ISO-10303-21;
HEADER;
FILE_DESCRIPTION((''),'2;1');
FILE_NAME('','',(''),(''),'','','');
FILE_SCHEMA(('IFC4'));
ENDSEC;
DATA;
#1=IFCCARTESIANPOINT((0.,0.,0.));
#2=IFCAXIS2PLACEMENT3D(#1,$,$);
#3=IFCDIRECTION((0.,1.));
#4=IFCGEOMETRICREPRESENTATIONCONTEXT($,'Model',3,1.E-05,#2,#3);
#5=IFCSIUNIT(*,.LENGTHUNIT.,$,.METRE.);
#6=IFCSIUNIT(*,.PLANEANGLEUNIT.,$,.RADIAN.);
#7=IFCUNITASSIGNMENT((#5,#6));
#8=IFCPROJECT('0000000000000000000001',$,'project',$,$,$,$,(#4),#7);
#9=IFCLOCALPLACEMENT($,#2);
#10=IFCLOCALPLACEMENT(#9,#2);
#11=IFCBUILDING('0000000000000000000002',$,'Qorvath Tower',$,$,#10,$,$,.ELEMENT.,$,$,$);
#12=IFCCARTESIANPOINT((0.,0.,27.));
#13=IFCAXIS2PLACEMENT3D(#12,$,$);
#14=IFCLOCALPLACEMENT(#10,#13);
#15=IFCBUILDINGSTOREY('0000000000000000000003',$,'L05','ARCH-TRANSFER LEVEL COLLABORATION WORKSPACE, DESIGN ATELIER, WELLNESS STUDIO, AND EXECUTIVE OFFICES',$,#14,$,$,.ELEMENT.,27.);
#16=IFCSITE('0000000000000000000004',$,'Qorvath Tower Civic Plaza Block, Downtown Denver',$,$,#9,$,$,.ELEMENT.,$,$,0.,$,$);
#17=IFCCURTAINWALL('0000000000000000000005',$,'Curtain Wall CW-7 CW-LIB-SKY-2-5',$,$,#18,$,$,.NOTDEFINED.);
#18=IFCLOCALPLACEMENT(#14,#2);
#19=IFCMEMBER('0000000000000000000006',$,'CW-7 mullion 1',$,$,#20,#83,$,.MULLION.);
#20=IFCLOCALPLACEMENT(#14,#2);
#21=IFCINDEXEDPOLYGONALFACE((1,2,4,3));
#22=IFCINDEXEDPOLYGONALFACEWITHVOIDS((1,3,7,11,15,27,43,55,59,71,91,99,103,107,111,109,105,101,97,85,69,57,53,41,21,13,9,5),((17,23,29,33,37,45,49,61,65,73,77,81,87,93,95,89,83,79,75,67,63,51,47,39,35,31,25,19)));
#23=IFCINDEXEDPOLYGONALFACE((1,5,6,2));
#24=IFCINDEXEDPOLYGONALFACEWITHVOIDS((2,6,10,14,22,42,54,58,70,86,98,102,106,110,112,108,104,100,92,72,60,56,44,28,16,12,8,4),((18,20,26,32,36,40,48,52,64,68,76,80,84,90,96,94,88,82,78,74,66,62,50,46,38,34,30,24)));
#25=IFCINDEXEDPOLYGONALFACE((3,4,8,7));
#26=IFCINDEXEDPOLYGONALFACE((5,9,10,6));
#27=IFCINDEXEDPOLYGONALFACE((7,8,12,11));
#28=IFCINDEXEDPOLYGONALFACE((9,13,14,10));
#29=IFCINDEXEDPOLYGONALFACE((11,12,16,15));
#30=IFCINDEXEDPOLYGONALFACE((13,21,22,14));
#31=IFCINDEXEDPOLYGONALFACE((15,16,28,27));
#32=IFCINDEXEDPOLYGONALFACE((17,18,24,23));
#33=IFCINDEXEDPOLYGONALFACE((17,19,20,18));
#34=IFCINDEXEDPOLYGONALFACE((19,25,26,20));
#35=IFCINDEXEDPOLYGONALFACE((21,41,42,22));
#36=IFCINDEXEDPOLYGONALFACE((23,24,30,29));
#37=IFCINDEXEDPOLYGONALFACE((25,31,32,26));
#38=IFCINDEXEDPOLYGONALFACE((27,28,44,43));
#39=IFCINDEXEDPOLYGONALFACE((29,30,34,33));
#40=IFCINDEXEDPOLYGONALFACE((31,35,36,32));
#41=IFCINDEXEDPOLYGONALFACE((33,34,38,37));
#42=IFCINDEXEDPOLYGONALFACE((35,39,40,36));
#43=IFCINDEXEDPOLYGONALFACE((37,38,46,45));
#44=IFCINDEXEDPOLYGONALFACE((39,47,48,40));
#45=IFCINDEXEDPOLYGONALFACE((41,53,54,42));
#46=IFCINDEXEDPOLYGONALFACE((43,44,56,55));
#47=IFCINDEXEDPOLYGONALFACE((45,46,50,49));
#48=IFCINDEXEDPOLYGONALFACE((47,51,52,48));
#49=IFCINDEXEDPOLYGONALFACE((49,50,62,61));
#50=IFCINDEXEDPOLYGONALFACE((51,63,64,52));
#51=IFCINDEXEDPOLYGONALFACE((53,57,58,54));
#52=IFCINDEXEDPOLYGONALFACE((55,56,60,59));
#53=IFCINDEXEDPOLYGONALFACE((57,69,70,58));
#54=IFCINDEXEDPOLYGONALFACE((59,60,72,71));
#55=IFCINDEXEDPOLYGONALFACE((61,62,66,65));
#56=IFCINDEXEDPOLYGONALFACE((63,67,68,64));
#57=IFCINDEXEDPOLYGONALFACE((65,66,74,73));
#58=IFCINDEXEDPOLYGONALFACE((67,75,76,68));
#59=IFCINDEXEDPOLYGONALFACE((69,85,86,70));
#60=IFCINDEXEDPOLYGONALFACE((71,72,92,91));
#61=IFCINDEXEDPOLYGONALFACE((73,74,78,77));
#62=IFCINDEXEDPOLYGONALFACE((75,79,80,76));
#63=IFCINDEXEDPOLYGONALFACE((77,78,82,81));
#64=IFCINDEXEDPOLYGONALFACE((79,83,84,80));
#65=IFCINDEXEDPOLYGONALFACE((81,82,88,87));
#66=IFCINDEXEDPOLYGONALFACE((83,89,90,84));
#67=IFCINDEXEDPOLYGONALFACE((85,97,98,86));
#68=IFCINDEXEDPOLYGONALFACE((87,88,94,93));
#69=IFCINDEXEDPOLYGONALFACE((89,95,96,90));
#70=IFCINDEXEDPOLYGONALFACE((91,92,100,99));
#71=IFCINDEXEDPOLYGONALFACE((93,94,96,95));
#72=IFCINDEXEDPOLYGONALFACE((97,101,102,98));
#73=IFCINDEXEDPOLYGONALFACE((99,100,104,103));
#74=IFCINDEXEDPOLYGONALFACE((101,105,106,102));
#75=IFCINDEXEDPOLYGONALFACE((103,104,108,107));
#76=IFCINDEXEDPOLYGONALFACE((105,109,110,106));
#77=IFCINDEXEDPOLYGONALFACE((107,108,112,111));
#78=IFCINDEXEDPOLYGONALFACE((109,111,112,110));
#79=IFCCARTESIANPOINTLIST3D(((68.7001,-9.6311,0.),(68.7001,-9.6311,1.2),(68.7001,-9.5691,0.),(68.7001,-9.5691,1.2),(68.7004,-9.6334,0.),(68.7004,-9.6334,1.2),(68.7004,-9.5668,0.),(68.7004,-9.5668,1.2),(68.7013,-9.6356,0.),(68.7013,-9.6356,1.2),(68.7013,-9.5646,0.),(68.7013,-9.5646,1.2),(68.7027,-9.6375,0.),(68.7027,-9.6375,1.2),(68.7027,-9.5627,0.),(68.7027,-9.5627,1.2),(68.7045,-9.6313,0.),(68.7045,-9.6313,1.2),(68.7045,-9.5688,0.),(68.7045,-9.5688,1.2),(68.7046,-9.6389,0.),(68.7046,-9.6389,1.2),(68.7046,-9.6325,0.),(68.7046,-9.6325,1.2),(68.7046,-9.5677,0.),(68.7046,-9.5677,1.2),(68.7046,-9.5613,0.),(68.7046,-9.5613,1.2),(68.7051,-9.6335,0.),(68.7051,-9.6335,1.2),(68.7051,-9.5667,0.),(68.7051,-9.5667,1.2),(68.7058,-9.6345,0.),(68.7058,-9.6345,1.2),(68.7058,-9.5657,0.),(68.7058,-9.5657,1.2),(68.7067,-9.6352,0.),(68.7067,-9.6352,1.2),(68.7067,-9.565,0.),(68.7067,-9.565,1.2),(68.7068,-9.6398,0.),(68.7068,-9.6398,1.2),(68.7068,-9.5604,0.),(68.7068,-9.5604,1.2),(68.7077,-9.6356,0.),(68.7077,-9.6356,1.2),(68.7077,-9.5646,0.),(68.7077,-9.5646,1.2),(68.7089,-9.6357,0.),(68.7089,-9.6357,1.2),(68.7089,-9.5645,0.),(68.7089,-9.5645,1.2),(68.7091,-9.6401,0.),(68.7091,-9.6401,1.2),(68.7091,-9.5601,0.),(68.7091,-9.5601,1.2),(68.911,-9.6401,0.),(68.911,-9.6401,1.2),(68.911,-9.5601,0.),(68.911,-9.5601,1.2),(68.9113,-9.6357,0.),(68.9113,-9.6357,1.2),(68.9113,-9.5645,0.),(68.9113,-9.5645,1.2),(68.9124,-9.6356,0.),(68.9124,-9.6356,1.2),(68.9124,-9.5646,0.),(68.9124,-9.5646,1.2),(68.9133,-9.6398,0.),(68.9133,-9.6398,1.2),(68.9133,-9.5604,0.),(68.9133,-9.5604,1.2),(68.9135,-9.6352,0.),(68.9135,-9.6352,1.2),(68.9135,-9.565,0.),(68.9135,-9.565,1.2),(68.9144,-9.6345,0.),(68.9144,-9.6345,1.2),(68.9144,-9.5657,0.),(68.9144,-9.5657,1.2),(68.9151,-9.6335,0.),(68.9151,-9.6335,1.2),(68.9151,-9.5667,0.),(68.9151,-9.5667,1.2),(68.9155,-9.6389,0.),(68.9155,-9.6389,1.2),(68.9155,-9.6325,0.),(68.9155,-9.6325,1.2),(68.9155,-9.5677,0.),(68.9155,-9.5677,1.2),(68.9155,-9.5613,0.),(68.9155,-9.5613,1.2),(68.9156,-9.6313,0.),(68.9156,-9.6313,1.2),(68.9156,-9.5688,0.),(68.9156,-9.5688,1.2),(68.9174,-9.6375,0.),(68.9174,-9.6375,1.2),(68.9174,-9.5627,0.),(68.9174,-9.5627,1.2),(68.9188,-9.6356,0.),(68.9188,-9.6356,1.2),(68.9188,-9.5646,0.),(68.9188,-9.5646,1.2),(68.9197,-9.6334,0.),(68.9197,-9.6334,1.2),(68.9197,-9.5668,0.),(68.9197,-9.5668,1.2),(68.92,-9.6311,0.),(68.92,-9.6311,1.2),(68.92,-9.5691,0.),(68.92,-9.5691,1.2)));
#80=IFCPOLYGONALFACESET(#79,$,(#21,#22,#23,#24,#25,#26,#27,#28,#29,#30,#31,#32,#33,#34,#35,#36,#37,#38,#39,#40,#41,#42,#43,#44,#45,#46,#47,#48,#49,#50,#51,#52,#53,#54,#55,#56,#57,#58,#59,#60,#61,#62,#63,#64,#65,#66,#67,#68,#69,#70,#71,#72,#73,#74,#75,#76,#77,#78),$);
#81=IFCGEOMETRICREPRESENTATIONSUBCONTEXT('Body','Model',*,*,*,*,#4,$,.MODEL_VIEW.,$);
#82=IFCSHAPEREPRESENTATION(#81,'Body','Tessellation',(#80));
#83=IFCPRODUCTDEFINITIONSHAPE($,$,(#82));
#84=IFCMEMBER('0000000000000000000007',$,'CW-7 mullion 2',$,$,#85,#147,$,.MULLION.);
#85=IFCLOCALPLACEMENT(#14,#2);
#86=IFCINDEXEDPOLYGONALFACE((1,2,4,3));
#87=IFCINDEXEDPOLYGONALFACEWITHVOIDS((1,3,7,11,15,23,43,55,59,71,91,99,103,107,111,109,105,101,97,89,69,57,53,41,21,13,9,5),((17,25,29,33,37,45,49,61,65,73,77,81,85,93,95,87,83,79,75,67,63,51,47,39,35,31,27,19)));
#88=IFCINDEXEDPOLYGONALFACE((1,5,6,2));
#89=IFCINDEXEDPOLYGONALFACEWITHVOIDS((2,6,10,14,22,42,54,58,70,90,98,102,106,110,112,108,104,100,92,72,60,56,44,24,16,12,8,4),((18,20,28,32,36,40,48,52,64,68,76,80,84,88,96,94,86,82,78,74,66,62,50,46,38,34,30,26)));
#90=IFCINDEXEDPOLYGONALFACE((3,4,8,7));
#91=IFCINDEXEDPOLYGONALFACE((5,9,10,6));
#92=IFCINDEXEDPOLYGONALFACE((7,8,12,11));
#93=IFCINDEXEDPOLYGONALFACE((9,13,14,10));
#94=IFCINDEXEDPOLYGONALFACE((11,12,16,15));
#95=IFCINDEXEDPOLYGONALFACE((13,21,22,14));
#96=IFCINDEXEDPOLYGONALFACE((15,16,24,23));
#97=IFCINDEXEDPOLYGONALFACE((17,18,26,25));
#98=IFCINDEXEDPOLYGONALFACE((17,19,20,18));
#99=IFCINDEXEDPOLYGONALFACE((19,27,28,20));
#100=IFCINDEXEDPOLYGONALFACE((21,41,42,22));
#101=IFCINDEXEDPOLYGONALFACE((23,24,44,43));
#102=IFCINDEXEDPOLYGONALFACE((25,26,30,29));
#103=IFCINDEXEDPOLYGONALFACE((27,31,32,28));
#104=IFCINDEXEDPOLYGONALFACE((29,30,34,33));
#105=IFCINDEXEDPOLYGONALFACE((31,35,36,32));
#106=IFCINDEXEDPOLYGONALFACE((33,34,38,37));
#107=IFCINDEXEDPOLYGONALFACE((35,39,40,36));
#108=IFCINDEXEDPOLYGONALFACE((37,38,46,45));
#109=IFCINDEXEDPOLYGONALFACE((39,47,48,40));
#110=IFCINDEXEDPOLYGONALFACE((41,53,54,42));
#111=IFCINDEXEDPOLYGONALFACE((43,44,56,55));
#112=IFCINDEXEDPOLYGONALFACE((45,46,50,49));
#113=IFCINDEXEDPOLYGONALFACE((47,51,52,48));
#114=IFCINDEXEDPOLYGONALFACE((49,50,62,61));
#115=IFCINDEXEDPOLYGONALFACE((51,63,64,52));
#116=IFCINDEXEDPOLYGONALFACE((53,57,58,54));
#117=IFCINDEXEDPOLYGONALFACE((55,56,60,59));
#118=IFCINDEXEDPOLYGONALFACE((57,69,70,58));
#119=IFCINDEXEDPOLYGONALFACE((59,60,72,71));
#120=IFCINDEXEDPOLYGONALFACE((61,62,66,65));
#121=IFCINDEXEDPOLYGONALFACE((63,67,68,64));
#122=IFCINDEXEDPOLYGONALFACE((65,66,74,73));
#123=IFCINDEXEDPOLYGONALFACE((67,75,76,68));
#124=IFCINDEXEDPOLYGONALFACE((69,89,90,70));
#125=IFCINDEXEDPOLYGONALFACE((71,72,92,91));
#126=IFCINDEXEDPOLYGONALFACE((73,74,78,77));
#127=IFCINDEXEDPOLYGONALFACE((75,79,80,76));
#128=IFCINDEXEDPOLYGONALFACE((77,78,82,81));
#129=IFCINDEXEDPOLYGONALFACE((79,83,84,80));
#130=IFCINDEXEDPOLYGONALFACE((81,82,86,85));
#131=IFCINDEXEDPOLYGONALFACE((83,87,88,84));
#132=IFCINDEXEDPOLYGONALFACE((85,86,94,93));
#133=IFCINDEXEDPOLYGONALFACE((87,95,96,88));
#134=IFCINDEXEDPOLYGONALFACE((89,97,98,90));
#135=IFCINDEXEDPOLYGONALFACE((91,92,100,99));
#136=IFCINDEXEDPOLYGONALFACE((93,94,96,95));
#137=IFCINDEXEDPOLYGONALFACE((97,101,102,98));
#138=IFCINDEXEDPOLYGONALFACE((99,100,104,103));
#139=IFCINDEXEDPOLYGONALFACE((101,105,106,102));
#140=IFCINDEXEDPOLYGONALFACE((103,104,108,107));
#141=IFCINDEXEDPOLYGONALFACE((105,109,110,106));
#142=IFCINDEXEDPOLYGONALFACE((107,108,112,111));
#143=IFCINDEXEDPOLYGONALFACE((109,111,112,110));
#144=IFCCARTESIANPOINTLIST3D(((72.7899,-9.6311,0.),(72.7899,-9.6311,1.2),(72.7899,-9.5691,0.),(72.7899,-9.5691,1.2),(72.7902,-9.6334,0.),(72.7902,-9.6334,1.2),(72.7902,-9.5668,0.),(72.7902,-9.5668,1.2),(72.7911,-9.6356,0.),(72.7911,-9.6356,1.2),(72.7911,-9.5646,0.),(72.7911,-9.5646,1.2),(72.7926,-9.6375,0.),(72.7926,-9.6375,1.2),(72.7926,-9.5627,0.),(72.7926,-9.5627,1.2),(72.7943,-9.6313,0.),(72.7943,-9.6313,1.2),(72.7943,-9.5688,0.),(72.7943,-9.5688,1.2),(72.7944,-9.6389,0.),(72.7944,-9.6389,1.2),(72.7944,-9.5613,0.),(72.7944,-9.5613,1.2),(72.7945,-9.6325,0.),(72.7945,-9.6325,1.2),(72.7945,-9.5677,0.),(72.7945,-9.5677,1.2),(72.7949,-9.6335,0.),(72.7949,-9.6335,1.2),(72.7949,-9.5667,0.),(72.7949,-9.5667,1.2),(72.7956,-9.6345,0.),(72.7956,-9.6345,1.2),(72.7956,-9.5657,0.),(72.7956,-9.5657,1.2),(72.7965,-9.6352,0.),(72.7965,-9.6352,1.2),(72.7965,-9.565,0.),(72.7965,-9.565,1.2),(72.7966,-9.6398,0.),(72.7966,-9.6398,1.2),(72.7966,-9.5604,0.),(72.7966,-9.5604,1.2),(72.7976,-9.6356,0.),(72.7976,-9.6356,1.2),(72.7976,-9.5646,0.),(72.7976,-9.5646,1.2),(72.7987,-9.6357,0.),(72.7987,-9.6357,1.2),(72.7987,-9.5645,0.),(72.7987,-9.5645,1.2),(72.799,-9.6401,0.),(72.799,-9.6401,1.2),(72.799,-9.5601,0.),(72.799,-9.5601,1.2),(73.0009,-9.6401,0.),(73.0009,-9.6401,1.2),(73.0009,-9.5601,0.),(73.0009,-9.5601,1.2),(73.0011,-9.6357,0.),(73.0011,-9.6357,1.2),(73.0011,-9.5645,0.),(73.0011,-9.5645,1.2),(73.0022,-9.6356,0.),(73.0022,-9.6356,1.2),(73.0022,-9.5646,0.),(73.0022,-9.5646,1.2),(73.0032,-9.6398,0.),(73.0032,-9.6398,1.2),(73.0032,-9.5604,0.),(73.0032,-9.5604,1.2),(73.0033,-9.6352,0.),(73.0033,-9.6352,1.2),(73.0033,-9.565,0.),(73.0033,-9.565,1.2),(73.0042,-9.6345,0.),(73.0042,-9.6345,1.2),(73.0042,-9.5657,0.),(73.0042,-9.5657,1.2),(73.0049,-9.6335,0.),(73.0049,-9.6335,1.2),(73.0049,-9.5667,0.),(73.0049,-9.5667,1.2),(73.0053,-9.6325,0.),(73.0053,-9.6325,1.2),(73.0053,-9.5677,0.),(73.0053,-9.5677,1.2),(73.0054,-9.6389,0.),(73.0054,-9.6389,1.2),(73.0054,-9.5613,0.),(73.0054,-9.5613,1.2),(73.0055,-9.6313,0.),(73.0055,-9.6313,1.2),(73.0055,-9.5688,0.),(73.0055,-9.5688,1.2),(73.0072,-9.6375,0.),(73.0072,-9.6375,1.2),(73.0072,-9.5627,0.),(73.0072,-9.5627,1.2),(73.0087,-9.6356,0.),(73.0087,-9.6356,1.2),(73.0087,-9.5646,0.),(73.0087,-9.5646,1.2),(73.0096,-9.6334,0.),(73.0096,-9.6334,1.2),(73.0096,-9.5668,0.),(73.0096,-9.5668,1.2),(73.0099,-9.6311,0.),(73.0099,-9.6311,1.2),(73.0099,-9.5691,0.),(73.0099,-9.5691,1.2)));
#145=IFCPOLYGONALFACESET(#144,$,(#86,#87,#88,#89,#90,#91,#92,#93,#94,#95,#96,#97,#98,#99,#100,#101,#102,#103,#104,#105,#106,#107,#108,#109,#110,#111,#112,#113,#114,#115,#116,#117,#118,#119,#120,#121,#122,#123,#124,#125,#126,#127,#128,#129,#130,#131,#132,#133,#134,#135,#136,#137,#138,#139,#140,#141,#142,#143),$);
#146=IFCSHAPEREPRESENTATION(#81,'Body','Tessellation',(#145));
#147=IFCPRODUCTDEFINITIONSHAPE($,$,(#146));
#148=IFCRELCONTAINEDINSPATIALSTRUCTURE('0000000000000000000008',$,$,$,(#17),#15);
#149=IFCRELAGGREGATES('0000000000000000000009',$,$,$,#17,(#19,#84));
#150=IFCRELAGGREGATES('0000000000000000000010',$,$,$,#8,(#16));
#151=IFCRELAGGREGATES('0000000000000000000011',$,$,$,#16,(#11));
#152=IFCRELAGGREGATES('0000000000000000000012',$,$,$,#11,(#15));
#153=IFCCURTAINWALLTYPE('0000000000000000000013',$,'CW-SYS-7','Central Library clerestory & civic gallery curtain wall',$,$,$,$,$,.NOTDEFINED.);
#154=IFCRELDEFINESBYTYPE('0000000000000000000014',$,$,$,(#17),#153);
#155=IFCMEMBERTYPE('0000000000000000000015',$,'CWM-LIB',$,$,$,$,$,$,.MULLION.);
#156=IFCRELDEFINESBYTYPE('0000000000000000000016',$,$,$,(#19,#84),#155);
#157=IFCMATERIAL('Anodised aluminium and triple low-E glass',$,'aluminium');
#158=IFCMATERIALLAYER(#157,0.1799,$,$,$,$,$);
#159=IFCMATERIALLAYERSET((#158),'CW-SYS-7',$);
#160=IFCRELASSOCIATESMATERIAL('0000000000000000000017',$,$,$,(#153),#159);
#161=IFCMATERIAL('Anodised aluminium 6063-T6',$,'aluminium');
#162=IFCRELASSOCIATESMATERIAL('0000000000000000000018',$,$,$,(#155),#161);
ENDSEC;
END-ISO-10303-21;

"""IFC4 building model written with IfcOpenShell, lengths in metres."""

from ifc_helpers import new_model, si_unit, direction, frame, origin, origin_2d, place, context, subcontext, project, spatial, hollow_rectangle, extrude, material, layer, layer_set, material_profile, profile_set, type_object, element, aggregate, save


model = new_model("IFC4")

# Units and contexts
model_context = context("Model", 3, precision=1e-05, world=origin(), true_north=direction((0.0, 1.0)))
body_context = subcontext(model_context, "Body", "Model", "MODEL_VIEW")
ifc_project = project(units=[si_unit("LENGTHUNIT", "METRE"), si_unit("PLANEANGLEUNIT", "RADIAN")], contexts=[model_context])

# Site, building, storey
site_placement = place(None, origin())
site = spatial("IfcSite", under=ifc_project, at=site_placement, Name="Qorvath Tower Civic Plaza Block, Downtown Denver", CompositionType="ELEMENT", RefElevation=0.0)
building_placement = place(site_placement, origin())
building = spatial("IfcBuilding", under=site, at=building_placement, Name="Qorvath Tower", CompositionType="ELEMENT")
storey_placement = place(building_placement, frame((0.0, 0.0, 27.0)))
storey = spatial("IfcBuildingStorey", under=building, at=storey_placement, Name="L05", Description="ARCH-TRANSFER LEVEL COLLABORATION WORKSPACE, DESIGN ATELIER, WELLNESS STUDIO, AND EXECUTIVE OFFICES", CompositionType="ELEMENT", Elevation=27.0)

# Shared definitions
ifc_material_1 = material(Name="Anodised aluminium and triple low-E glass", Category="aluminium")
ifc_layer_1 = layer(ifc_material_1, 0.1799)
ifc_layer_set_1 = layer_set([ifc_layer_1], Name="CW-SYS-7")
curtain_wall_type = type_object("IfcCurtainWallType", Name="CW-SYS-7", Description="Central Library clerestory & civic gallery curtain wall", PredefinedType="NOTDEFINED", material=ifc_layer_set_1)
ifc_material_2 = material(Name="Anodised aluminium 6063-T6", Category="aluminium")
ifc_material_profile_1 = material_profile(ifc_material_2, hollow_rectangle(XDim=0.0801, YDim=0.22, WallThickness=0.0044, InnerFilletRadius=0.0044, OuterFilletRadius=0.009, at=origin_2d()), Name="CWM LIB 220x80")
ifc_profile_set_1 = profile_set([ifc_material_profile_1], Name="Anodised aluminium 6063-T6")
member_type_1 = type_object("IfcMemberType", Name="CWM-LIB", PredefinedType="MULLION", material=ifc_profile_set_1)

# Curtain wall, members
curtain_wall_1_placement = place(storey_placement, origin())
curtain_wall_1 = element("IfcCurtainWall", 1, at=curtain_wall_1_placement, inside=storey, type_object=curtain_wall_type, Name="Curtain Wall CW-7 CW-LIB-SKY-2-5", PredefinedType="NOTDEFINED")
member_1_placement = place(storey_placement, frame((68.8101, -9.6001, 0.0), z_axis=(0.0, 0.0, 1.0), x_axis=(0.0, 1.0, 0.0)))
member_1 = element("IfcMember", 2, at=member_1_placement, type_object=member_type_1, Name="CW-7 mullion 1", PredefinedType="MULLION", context=body_context, shape_type="SweptSolid", body=[
    extrude(hollow_rectangle(XDim=0.0801, YDim=0.22, WallThickness=0.0044, InnerFilletRadius=0.0044, OuterFilletRadius=0.009, at=origin_2d()), origin(), (0.0, 0.0, 1.0), 1.2),
])
member_2_placement = place(storey_placement, frame((72.8999, -9.6001, 0.0), z_axis=(0.0, 0.0, 1.0), x_axis=(0.0, 1.0, 0.0)))
member_2 = element("IfcMember", 3, at=member_2_placement, type_object=member_type_1, Name="CW-7 mullion 2", PredefinedType="MULLION", context=body_context, shape_type="SweptSolid", body=[
    extrude(hollow_rectangle(XDim=0.0801, YDim=0.22, WallThickness=0.0044, InnerFilletRadius=0.0044, OuterFilletRadius=0.009, at=origin_2d()), origin(), (0.0, 0.0, 1.0), 1.2),
])

aggregate(curtain_wall_1, [member_1, member_2])

save(model, "model.ifc")
